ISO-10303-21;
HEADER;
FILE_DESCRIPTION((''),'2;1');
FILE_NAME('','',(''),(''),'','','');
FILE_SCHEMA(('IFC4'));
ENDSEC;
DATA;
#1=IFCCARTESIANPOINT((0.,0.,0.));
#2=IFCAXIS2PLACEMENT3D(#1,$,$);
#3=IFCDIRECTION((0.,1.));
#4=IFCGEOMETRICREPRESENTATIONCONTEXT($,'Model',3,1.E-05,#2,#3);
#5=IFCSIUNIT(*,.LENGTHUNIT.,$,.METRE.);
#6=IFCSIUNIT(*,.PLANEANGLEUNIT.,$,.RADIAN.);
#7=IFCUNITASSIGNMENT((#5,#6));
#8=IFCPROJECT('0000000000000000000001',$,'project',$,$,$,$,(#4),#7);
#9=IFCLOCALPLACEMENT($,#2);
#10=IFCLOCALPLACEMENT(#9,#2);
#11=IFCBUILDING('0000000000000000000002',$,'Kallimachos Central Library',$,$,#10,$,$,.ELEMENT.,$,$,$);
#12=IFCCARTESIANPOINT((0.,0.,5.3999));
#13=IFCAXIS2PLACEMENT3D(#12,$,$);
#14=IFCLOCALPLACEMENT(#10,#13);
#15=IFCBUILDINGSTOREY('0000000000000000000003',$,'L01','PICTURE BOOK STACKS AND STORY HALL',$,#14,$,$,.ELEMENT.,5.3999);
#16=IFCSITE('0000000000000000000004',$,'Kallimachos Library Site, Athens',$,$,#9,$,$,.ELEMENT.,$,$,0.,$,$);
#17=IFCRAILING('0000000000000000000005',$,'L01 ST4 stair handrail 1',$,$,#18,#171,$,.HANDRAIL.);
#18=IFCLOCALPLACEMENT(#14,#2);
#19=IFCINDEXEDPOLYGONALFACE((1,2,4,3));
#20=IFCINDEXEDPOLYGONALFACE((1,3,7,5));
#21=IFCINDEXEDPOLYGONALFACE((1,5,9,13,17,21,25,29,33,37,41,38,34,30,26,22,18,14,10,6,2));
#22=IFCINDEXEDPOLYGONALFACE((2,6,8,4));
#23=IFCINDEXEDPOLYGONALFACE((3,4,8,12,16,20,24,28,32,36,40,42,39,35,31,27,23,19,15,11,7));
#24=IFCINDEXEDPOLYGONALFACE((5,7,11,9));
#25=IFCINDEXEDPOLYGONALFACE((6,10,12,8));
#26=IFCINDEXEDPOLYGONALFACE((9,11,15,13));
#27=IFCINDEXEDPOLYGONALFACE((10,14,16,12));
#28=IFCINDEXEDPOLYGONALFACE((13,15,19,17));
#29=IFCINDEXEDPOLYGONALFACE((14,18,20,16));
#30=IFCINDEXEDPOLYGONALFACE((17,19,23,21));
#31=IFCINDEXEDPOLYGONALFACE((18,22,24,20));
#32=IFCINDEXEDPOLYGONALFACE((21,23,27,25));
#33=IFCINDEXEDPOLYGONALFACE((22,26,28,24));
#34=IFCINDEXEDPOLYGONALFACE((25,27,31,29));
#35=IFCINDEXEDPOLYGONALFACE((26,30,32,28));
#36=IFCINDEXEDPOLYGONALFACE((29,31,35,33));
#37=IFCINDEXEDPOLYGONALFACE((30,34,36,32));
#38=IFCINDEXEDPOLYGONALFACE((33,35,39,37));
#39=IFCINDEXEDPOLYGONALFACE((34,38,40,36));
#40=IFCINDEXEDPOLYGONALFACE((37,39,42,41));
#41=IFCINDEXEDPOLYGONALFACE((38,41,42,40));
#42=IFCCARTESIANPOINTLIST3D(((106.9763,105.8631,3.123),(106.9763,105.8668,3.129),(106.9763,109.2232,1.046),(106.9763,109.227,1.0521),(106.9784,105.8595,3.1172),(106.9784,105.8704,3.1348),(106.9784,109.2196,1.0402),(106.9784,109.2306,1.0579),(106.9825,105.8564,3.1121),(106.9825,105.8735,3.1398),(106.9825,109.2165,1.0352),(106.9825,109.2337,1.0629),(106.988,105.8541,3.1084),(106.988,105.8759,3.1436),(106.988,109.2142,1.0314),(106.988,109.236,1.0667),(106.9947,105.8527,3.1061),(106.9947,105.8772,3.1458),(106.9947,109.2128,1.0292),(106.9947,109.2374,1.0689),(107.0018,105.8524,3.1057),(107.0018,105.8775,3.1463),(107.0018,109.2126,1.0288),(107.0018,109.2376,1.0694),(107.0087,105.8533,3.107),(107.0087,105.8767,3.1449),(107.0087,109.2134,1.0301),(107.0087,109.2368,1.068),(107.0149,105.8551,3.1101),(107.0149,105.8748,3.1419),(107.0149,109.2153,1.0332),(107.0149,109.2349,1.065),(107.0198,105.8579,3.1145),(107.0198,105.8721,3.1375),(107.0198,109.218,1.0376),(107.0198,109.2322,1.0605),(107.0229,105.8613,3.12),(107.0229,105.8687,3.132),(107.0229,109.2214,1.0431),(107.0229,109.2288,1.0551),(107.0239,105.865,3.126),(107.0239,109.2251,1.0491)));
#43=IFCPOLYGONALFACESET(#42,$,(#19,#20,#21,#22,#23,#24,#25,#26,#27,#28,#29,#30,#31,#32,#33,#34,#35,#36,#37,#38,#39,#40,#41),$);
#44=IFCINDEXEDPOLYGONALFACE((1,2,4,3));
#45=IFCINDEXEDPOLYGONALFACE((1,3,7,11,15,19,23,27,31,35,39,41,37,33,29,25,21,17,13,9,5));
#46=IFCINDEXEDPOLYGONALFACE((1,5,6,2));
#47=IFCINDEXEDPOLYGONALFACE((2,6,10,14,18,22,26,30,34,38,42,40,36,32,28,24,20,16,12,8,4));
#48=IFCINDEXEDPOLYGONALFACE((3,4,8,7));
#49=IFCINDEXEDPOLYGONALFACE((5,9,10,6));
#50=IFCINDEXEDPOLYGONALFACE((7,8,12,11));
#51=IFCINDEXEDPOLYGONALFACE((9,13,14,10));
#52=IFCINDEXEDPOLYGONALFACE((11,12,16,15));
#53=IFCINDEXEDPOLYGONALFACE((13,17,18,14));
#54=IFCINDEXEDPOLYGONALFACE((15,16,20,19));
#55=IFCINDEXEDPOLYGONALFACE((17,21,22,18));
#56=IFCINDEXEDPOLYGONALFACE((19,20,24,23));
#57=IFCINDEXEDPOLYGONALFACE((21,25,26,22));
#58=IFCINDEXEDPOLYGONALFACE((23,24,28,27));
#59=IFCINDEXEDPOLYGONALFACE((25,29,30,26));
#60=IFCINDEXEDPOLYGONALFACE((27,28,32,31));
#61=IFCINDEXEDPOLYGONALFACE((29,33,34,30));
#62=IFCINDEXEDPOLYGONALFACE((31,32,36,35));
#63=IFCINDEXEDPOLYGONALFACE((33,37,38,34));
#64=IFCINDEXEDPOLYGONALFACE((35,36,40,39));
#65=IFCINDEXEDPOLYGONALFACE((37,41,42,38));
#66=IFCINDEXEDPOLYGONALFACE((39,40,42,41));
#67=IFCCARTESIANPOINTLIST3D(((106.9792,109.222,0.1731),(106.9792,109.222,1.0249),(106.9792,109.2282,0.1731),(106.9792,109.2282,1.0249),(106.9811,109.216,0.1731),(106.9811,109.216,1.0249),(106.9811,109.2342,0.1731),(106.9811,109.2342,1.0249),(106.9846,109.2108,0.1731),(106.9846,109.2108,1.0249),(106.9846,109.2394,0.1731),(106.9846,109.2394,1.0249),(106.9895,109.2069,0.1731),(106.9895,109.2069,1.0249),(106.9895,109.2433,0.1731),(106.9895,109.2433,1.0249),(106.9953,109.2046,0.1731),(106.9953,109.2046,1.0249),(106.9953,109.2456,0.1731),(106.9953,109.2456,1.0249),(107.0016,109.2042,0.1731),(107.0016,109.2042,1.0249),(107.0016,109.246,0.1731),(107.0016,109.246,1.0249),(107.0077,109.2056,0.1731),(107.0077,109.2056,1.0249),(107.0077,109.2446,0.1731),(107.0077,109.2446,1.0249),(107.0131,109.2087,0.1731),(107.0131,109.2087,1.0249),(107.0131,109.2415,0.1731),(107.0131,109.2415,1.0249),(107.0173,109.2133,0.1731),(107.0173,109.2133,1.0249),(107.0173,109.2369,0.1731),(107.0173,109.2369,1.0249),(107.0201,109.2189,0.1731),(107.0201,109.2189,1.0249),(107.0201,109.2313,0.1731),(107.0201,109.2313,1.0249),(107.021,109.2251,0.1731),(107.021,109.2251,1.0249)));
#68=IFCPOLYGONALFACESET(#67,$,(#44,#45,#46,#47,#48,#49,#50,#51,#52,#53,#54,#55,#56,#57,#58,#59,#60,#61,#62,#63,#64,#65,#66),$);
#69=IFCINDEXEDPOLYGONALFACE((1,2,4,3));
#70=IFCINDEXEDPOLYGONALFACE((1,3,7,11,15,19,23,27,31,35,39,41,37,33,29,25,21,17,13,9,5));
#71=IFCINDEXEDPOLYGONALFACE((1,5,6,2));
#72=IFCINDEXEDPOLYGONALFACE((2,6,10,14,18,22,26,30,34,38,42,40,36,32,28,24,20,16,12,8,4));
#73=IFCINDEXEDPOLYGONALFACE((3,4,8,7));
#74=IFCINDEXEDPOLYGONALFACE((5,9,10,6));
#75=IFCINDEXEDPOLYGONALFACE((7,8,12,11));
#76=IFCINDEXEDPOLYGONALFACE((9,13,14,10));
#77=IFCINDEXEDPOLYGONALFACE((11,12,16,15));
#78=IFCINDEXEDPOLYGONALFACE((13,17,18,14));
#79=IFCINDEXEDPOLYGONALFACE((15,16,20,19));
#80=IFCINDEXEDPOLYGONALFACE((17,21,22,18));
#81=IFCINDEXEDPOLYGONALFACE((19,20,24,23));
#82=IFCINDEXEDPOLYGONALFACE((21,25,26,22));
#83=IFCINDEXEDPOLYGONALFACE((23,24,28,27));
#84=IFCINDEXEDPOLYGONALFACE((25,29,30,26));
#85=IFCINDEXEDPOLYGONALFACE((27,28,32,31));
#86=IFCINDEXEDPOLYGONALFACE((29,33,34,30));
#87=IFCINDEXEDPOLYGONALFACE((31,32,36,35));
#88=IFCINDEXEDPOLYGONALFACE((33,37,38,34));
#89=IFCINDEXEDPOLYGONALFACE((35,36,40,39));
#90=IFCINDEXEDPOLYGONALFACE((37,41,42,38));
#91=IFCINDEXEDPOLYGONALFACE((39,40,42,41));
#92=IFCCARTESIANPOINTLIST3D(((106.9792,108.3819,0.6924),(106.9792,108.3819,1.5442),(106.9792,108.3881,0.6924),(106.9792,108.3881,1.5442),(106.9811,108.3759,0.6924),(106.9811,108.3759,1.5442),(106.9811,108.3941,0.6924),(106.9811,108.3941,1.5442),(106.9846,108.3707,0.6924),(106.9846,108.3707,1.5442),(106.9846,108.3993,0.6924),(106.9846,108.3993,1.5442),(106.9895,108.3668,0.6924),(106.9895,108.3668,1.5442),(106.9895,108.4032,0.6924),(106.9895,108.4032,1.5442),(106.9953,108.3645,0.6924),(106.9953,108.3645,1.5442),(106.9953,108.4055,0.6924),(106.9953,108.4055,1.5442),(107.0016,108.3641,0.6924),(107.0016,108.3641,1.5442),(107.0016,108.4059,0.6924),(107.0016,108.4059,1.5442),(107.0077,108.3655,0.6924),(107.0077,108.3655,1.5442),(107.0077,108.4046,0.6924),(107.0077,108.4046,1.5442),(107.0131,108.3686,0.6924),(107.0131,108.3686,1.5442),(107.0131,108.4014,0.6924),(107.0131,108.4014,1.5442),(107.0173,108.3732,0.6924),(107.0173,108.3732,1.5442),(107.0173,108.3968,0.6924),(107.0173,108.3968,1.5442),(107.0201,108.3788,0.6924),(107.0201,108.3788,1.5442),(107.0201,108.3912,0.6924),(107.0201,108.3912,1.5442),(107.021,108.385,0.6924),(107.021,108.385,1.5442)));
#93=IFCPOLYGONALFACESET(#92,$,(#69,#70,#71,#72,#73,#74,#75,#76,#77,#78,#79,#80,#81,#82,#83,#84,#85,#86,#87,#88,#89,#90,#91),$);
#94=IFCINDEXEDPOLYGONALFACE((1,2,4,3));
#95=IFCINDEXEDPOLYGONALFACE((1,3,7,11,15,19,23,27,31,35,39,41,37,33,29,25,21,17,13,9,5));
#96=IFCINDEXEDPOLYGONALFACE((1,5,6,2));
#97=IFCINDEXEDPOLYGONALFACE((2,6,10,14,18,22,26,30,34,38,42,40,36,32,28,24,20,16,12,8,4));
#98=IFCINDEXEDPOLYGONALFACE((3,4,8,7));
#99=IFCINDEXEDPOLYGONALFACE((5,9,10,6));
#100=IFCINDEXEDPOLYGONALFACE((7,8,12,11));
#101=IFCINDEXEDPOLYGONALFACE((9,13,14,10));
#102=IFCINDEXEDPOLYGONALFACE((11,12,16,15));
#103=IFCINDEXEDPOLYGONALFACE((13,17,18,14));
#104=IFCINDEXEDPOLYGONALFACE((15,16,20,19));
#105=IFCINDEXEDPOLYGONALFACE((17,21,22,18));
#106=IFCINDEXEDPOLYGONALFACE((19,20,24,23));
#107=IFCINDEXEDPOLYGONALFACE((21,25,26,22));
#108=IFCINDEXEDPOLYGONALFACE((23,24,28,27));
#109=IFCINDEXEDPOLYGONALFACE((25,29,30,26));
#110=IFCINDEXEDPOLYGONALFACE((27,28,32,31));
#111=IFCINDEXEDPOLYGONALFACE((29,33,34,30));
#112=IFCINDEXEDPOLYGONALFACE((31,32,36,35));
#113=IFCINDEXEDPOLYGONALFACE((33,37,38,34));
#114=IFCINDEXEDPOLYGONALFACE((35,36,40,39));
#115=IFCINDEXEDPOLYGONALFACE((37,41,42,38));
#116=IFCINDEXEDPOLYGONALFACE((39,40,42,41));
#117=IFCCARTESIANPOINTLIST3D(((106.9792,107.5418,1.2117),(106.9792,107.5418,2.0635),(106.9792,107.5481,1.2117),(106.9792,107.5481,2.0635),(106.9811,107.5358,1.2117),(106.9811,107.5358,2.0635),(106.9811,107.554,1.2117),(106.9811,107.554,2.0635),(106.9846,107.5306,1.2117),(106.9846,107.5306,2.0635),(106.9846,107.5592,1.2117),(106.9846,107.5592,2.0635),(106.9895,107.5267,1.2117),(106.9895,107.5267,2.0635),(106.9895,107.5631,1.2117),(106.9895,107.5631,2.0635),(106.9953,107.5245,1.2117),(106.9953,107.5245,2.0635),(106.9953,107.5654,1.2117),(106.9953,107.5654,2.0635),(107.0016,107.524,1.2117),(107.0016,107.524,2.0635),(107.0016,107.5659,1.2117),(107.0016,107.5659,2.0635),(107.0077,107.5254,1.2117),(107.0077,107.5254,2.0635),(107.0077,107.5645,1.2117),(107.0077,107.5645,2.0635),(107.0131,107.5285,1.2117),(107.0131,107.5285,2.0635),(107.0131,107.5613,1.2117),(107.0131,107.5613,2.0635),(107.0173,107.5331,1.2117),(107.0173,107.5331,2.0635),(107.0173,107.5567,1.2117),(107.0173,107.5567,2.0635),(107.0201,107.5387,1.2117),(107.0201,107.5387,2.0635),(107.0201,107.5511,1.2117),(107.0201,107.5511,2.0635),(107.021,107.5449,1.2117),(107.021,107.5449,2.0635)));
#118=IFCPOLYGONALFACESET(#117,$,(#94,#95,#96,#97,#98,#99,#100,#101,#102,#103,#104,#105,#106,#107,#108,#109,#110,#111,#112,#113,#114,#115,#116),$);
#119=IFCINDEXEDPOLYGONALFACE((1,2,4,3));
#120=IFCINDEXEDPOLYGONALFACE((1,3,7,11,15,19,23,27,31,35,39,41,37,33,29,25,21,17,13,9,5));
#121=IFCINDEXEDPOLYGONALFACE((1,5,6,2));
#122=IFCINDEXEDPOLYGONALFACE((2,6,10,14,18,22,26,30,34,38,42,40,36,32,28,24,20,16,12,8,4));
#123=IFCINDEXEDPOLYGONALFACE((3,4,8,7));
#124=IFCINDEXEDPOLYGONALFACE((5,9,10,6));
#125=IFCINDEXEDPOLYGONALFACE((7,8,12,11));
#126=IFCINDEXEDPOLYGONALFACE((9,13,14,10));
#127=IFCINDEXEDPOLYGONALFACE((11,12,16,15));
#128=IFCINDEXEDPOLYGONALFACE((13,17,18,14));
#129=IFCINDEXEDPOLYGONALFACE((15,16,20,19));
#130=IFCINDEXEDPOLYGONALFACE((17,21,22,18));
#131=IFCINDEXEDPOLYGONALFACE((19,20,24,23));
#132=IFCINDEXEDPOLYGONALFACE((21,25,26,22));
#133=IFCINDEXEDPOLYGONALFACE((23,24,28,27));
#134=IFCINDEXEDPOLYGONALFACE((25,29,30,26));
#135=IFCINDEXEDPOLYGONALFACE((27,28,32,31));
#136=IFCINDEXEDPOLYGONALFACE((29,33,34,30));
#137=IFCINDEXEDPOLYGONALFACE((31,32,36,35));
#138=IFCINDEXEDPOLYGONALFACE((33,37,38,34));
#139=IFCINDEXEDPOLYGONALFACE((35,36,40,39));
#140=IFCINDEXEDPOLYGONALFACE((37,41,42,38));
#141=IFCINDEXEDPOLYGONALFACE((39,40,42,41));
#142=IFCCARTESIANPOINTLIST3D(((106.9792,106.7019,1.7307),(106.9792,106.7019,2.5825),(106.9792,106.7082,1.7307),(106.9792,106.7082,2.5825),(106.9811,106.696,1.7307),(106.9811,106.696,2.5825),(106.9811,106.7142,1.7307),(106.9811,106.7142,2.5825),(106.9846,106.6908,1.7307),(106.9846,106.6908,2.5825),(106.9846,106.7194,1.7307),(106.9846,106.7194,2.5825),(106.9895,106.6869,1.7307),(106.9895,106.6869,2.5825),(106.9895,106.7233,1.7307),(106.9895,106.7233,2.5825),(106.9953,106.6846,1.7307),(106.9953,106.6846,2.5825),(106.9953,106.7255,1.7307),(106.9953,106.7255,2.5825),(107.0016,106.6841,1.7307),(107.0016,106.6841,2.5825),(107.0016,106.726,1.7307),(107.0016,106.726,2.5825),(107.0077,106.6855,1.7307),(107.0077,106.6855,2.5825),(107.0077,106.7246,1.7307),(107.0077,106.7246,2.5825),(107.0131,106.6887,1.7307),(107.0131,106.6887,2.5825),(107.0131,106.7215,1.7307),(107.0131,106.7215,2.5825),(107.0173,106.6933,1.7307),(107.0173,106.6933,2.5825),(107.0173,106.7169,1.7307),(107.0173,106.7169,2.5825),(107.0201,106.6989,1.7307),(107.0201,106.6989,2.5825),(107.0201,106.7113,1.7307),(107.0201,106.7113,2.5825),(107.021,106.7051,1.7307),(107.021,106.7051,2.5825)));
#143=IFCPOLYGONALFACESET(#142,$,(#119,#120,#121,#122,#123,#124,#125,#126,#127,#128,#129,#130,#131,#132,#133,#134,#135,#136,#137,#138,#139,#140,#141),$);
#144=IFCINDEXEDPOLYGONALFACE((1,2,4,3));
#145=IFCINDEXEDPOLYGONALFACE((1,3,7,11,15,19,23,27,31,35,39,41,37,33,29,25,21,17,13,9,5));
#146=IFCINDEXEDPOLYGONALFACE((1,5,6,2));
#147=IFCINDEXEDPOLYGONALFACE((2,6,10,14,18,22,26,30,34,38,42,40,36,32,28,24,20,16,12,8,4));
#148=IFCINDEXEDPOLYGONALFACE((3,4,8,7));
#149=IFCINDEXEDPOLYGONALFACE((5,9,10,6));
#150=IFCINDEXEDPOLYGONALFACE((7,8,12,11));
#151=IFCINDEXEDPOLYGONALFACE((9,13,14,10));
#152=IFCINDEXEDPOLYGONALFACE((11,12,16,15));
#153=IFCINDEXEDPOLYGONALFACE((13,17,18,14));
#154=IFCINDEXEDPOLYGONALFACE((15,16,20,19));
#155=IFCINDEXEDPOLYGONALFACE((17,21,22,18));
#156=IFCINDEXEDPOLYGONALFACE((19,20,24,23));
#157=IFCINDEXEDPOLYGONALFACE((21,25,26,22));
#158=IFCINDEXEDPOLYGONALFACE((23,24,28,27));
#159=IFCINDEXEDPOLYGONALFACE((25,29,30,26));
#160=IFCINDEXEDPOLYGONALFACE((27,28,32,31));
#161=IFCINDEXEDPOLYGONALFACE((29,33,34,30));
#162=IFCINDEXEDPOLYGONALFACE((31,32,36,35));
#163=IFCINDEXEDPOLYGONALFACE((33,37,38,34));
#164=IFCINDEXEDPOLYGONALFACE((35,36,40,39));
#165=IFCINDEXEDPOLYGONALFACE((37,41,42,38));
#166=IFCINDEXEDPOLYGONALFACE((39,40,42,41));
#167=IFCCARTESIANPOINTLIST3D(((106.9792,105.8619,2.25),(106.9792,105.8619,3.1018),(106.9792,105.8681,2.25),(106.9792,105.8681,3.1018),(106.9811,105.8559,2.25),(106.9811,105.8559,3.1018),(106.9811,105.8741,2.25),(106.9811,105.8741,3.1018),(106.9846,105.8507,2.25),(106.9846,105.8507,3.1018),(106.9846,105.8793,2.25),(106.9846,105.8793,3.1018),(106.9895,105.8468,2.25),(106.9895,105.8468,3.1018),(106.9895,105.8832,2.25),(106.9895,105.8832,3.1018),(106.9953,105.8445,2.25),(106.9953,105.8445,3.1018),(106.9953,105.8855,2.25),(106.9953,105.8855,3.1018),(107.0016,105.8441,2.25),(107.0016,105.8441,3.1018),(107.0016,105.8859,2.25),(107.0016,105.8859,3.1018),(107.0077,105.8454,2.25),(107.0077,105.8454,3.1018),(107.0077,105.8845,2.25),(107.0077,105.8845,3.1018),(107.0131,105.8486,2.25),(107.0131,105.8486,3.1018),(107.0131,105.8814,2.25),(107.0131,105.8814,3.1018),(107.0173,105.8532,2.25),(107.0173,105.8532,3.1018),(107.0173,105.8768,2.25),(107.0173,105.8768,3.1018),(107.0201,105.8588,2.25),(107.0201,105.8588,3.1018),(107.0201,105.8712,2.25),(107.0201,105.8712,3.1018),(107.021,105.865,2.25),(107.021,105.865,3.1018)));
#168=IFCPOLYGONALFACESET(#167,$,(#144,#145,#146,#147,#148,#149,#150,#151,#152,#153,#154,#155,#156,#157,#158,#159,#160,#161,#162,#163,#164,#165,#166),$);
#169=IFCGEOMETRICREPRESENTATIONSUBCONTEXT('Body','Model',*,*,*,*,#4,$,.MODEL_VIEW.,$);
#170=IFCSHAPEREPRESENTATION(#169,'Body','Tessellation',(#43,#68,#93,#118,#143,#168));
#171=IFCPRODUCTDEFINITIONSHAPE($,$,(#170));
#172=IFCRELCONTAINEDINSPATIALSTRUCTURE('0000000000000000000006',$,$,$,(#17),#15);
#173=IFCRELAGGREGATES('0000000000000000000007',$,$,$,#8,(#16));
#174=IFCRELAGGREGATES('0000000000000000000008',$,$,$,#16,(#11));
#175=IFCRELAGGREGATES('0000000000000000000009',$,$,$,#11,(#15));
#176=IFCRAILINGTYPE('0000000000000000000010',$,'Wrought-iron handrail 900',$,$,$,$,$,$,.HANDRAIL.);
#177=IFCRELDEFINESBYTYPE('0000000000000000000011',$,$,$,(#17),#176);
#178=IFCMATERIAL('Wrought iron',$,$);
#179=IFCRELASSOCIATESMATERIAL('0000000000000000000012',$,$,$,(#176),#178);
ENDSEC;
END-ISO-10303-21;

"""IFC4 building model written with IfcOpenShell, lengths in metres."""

from ifc_helpers import new_model, si_unit, direction, frame, origin, origin_2d, place, context, subcontext, project, spatial, circle, extrude, material, type_object, element, save


model = new_model("IFC4")

# Units and contexts
model_context = context("Model", 3, precision=1e-05, world=origin(), true_north=direction((0.0, 1.0)))
body_context = subcontext(model_context, "Body", "Model", "MODEL_VIEW")
ifc_project = project(units=[si_unit("LENGTHUNIT", "METRE"), si_unit("PLANEANGLEUNIT", "RADIAN")], contexts=[model_context])

# Site, building, storey
site_placement = place(None, origin())
site = spatial("IfcSite", under=ifc_project, at=site_placement, Name="Kallimachos Library Site, Athens", CompositionType="ELEMENT", RefElevation=0.0)
building_placement = place(site_placement, origin())
building = spatial("IfcBuilding", under=site, at=building_placement, Name="Kallimachos Central Library", CompositionType="ELEMENT")
storey_placement = place(building_placement, frame((0.0, 0.0, 5.3999)))
storey = spatial("IfcBuildingStorey", under=building, at=storey_placement, Name="L01", Description="PICTURE BOOK STACKS AND STORY HALL", CompositionType="ELEMENT", Elevation=5.3999)

# Railing
ifc_material_1 = material(Name="Wrought iron")
railing_type_1 = type_object("IfcRailingType", Name="Wrought-iron handrail 900", PredefinedType="HANDRAIL", material=ifc_material_1)
railing_1_placement = place(storey_placement, frame((107.0, 109.2251, 0.1731)))
element("IfcRailing", 1, at=railing_1_placement, inside=storey, type_object=railing_type_1, Name="L01 ST4 stair handrail 1", PredefinedType="HANDRAIL", context=body_context, shape_type="SweptSolid", body=[
    extrude(circle(Radius=0.0239, at=origin_2d()), frame((0.0, 0.0, 0.876), z_axis=(0.0, -0.850623, 0.525776), x_axis=(1.0, 0.0, 0.0)), (0.0, 0.0, 1.0), 3.9502),
    extrude(circle(Radius=0.021, at=origin_2d()), origin(), (0.0, 0.0, 1.0), 0.8518),
    extrude(circle(Radius=0.021, at=origin_2d()), frame((0.0, -0.8401, 0.5193)), (0.0, 0.0, 1.0), 0.8518),
    extrude(circle(Radius=0.021, at=origin_2d()), frame((0.0, -1.6802, 1.0386)), (0.0, 0.0, 1.0), 0.8518),
    extrude(circle(Radius=0.021, at=origin_2d()), frame((0.0, -2.52, 1.5576)), (0.0, 0.0, 1.0), 0.8518),
    extrude(circle(Radius=0.021, at=origin_2d()), frame((0.0, -3.3601, 2.0769)), (0.0, 0.0, 1.0), 0.8518),
])

save(model, "model.ifc")
